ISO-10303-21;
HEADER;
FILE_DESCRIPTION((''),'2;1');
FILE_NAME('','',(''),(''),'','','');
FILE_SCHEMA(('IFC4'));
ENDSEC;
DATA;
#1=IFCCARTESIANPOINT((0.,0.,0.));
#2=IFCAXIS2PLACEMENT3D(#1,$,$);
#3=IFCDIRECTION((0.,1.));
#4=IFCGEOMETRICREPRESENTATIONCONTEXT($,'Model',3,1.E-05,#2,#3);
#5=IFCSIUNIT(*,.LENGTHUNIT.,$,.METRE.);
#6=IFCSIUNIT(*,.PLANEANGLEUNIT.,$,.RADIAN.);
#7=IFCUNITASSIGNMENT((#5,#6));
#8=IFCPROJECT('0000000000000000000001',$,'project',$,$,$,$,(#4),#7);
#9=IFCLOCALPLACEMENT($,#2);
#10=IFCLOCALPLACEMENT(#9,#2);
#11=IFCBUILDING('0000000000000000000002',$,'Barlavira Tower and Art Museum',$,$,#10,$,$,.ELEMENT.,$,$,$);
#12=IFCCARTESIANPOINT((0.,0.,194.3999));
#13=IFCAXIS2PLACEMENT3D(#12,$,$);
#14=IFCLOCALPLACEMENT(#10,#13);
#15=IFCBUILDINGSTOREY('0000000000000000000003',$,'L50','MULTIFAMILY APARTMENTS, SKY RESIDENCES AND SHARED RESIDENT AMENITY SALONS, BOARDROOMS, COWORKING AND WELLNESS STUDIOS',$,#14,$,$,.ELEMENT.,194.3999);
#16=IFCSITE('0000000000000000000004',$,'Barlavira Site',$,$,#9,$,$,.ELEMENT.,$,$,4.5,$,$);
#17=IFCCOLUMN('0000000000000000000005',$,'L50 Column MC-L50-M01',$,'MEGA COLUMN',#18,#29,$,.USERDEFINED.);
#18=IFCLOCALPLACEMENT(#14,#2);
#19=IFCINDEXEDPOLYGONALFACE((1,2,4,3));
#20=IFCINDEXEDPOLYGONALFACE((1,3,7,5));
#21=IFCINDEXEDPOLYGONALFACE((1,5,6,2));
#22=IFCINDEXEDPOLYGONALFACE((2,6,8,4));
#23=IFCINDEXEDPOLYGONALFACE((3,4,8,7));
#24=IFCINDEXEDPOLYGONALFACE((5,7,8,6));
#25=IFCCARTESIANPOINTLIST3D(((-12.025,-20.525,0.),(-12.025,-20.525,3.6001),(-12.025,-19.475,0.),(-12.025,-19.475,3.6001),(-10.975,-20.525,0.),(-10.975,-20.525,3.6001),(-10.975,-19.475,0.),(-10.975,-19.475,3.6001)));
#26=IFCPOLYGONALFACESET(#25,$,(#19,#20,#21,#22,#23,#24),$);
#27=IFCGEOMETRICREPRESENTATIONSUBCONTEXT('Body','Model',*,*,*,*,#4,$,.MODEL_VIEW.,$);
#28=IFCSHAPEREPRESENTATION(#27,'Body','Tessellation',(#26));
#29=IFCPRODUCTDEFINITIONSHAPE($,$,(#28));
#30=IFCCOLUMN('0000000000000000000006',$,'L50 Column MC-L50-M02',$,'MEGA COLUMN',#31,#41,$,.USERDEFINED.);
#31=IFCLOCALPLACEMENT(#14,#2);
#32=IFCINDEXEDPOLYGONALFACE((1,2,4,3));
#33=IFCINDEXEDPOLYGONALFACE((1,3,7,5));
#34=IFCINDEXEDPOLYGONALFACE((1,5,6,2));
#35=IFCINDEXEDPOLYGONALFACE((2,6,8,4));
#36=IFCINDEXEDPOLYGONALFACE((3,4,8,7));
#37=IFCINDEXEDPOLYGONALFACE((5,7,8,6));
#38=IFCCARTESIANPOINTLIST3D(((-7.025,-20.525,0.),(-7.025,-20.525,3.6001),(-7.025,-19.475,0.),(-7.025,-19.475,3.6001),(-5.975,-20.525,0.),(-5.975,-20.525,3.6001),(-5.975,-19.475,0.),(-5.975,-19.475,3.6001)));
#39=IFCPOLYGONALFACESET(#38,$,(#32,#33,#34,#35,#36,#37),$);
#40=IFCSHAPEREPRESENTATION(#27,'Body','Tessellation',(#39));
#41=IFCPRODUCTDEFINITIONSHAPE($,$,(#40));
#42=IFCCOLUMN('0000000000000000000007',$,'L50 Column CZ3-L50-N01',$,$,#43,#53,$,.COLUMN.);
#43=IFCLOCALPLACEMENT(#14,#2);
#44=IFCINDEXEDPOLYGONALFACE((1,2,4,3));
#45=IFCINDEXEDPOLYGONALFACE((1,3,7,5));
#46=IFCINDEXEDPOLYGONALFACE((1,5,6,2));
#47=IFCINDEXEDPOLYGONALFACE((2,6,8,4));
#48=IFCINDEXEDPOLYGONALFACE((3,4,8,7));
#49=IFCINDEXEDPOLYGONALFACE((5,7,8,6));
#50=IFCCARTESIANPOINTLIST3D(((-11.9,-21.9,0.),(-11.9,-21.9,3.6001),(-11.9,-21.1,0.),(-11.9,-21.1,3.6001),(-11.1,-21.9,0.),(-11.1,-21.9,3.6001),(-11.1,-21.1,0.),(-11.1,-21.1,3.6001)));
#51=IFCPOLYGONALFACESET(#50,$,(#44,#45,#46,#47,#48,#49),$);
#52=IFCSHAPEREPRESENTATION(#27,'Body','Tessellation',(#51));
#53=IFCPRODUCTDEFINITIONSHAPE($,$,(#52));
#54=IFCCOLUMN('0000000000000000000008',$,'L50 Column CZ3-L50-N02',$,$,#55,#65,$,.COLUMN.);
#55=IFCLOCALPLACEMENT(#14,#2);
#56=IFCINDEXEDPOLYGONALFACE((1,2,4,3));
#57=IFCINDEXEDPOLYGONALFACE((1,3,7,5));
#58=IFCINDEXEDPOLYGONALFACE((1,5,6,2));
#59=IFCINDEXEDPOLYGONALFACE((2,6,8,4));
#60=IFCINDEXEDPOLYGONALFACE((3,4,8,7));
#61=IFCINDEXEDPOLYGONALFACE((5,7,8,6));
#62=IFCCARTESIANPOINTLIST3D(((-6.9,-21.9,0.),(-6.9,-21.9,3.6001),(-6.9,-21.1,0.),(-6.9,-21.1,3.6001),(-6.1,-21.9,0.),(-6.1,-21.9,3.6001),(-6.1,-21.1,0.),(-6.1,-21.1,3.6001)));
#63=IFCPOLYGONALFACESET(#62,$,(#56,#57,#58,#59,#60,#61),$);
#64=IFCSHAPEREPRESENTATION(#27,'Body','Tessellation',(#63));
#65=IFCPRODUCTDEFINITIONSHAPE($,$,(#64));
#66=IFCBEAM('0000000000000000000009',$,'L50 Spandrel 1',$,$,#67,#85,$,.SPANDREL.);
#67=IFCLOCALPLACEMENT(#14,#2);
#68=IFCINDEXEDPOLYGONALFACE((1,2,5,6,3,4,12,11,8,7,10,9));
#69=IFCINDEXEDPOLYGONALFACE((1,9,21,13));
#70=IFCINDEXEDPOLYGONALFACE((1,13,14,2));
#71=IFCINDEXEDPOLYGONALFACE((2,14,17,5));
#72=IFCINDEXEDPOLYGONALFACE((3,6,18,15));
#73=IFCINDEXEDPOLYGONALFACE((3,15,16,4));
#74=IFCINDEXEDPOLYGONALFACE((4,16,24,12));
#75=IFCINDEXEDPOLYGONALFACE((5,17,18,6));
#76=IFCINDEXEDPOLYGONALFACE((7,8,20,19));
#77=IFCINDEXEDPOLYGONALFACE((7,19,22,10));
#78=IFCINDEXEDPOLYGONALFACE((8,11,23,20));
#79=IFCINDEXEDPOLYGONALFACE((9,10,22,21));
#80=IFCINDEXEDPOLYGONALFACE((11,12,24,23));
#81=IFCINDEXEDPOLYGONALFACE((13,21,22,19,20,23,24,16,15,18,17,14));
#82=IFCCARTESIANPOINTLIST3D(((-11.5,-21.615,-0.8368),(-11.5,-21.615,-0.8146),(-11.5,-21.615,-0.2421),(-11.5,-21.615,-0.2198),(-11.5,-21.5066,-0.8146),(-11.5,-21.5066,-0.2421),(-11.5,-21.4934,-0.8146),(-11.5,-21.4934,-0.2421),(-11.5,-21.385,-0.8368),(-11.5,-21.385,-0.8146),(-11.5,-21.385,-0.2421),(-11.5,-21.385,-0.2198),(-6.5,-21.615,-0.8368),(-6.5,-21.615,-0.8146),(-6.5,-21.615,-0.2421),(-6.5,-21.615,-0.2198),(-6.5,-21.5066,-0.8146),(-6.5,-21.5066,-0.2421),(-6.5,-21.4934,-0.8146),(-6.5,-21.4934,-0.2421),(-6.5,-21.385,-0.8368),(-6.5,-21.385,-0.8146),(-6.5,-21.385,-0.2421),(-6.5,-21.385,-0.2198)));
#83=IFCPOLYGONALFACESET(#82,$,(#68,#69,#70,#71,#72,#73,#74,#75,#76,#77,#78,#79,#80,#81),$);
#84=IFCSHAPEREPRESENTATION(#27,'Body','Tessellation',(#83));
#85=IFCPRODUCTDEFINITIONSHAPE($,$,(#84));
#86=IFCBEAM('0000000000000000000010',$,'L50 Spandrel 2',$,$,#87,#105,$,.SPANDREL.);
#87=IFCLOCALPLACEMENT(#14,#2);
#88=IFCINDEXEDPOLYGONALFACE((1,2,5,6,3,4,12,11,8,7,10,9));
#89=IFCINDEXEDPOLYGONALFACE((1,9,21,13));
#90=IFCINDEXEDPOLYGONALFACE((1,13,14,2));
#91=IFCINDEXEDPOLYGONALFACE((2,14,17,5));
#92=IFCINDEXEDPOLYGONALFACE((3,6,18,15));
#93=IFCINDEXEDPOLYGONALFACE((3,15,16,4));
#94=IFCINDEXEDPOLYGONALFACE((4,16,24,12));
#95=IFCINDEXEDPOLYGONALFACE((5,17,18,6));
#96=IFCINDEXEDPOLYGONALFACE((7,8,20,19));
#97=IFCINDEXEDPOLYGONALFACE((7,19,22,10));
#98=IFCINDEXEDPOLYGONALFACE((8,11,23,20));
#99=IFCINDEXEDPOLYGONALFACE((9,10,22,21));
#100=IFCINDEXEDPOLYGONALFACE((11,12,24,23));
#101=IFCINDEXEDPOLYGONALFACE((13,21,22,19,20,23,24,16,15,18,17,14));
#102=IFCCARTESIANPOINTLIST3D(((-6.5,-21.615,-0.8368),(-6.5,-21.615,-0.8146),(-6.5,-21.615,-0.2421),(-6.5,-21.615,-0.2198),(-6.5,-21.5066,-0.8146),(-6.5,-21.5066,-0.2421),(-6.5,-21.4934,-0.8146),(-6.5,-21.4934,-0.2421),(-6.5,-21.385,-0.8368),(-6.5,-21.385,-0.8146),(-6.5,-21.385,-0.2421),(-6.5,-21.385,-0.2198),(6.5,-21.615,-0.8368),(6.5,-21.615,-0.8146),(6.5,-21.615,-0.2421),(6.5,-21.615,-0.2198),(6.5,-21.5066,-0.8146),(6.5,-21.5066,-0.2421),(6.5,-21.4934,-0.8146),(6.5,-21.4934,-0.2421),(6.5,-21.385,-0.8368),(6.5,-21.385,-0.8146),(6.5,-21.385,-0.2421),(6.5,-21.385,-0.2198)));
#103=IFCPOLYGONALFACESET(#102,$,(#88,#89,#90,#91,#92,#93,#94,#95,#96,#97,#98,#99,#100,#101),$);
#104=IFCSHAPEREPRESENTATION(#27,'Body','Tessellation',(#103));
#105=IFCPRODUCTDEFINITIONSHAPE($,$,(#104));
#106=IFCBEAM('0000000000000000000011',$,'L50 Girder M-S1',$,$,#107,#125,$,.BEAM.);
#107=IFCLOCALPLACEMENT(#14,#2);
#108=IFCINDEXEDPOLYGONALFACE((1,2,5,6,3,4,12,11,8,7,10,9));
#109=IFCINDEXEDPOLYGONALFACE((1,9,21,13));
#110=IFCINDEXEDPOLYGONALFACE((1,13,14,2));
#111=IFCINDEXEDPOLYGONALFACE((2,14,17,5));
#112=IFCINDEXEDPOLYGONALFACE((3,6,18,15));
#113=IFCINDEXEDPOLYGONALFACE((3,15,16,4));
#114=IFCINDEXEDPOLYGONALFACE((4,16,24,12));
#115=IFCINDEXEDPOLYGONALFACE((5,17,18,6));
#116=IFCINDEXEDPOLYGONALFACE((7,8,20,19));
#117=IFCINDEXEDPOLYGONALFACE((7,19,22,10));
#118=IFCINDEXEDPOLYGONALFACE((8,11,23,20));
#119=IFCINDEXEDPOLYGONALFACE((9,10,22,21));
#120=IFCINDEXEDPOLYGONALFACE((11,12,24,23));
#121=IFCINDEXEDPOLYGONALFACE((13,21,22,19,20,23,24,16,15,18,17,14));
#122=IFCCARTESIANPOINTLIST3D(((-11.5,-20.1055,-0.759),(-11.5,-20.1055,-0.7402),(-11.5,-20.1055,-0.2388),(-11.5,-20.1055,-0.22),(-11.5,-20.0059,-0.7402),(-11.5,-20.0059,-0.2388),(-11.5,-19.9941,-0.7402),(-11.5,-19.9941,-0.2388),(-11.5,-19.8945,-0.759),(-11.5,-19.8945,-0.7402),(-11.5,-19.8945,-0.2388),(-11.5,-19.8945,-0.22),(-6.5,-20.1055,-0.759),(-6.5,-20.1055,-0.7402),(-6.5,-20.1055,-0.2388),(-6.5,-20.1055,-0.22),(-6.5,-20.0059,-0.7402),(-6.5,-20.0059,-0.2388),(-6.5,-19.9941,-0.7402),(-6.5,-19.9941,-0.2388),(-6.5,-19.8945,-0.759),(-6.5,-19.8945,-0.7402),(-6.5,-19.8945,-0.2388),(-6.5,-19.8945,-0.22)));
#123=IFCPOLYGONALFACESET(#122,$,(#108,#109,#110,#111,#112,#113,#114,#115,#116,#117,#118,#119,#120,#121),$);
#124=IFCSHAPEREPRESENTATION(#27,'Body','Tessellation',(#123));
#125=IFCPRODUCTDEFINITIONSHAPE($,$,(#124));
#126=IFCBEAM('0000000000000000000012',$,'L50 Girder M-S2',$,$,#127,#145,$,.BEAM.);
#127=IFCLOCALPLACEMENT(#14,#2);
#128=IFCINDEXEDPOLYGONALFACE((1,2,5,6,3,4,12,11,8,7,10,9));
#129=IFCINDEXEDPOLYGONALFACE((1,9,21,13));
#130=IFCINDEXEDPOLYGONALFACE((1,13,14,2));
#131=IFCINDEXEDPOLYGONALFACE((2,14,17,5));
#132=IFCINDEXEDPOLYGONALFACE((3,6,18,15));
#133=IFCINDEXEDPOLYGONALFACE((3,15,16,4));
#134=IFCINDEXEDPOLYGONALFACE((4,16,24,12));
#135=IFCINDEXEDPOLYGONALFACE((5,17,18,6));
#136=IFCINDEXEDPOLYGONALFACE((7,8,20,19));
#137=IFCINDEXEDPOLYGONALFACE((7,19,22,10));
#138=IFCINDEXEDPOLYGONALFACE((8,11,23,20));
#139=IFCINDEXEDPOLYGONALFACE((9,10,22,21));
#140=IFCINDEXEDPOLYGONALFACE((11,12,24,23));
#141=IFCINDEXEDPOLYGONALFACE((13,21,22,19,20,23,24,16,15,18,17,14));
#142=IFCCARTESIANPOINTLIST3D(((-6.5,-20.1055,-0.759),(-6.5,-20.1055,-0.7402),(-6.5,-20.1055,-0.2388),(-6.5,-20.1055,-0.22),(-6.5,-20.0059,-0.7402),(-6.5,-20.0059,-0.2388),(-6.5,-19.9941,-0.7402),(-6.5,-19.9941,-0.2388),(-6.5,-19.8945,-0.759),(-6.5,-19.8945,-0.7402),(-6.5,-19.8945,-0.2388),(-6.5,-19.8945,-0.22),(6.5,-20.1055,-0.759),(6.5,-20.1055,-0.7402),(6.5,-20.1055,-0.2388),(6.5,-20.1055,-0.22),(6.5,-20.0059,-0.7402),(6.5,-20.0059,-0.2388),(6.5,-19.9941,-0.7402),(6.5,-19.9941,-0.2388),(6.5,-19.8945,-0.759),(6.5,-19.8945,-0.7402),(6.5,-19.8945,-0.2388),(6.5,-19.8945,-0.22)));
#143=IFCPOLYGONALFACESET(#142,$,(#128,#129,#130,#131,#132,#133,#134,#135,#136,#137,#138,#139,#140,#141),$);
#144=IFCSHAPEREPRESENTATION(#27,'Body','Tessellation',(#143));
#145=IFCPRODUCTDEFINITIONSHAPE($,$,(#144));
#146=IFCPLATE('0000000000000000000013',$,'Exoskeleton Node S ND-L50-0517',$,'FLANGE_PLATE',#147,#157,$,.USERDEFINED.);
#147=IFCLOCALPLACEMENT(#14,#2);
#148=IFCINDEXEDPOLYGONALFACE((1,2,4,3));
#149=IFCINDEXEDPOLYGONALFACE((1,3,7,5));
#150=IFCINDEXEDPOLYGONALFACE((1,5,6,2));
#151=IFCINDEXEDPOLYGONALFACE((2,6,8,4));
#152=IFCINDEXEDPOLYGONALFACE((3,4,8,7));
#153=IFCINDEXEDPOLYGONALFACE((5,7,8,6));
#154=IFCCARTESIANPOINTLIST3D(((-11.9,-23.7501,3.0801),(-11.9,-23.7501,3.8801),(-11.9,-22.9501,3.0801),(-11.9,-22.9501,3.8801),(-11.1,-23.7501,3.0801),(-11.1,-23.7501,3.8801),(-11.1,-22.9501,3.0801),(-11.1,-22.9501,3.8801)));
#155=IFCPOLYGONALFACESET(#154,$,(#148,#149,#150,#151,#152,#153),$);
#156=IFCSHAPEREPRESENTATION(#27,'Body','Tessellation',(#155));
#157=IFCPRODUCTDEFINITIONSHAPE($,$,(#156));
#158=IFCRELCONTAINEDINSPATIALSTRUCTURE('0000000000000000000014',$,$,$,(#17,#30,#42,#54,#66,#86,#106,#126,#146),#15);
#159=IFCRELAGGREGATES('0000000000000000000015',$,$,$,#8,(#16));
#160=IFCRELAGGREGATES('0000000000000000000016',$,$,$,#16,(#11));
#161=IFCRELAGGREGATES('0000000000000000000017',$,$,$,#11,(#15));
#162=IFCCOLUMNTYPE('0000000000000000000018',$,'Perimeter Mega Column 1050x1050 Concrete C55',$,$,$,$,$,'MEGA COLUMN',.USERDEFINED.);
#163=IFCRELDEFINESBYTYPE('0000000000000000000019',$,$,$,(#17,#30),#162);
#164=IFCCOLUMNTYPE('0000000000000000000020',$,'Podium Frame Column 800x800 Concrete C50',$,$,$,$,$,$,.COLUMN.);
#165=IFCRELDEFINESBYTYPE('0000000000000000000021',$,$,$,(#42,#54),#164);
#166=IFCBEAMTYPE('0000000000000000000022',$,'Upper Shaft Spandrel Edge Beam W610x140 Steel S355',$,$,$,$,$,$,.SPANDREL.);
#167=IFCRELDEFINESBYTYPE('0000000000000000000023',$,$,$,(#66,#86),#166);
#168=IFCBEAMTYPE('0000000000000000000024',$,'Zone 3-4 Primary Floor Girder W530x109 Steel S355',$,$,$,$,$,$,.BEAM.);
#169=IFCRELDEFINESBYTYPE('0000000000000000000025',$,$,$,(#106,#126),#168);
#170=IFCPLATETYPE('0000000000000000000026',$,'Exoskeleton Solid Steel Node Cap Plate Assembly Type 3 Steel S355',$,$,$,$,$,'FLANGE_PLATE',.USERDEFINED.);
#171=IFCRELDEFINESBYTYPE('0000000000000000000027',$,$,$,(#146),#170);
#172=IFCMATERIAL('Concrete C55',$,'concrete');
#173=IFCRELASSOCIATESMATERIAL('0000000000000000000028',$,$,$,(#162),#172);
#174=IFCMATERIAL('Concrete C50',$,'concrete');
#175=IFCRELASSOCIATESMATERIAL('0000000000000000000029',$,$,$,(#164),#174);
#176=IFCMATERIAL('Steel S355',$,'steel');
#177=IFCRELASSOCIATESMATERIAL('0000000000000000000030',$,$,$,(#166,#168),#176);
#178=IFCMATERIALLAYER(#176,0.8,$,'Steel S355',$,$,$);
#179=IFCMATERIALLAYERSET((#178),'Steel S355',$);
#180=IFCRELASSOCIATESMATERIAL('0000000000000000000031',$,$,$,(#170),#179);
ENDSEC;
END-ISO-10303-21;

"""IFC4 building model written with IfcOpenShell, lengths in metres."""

from ifc_helpers import new_model, si_unit, direction, frame, origin, origin_2d, place, context, subcontext, project, spatial, rectangle, i_section, extrude, material, layer, layer_set, material_profile, profile_set, type_object, element, save


model = new_model("IFC4")

# Units and contexts
model_context = context("Model", 3, precision=1e-05, world=origin(), true_north=direction((0.0, 1.0)))
body_context = subcontext(model_context, "Body", "Model", "MODEL_VIEW")
ifc_project = project(units=[si_unit("LENGTHUNIT", "METRE"), si_unit("PLANEANGLEUNIT", "RADIAN")], contexts=[model_context])

# Site, building, storey
site_placement = place(None, origin())
site = spatial("IfcSite", under=ifc_project, at=site_placement, Name="Barlavira Site", CompositionType="ELEMENT", RefElevation=4.5)
building_placement = place(site_placement, origin())
building = spatial("IfcBuilding", under=site, at=building_placement, Name="Barlavira Tower and Art Museum", CompositionType="ELEMENT")
storey_placement = place(building_placement, frame((0.0, 0.0, 194.3999)))
storey = spatial("IfcBuildingStorey", under=building, at=storey_placement, Name="L50", Description="MULTIFAMILY APARTMENTS, SKY RESIDENCES AND SHARED RESIDENT AMENITY SALONS, BOARDROOMS, COWORKING AND WELLNESS STUDIOS", CompositionType="ELEMENT", Elevation=194.3999)

# Columns
ifc_material_1 = material(Name="Concrete C55", Category="concrete")
ifc_material_profile_1 = material_profile(ifc_material_1, rectangle(XDim=1.05, YDim=1.05, at=origin_2d()), Name="RC-COL 1050x1050")
ifc_profile_set_1 = profile_set([ifc_material_profile_1], Name="Concrete C55")
column_type_1 = type_object("IfcColumnType", Name="Perimeter Mega Column 1050x1050 Concrete C55", ElementType="MEGA COLUMN", PredefinedType="USERDEFINED", material=ifc_profile_set_1)
for number, where, z_axis, x_axis, name in (
    (1, (-11.5, -20.0, 0.0), (0.0, 0.0, 1.0), (1.0, 0.0, 0.0), "L50 Column MC-L50-M01"),
    (2, (-6.5, -20.0, 0.0), (0.0, 0.0, 1.0), (1.0, 0.0, 0.0), "L50 Column MC-L50-M02"),
):
    element("IfcColumn", number, at=place(storey_placement, frame(where, z_axis=z_axis, x_axis=x_axis)), inside=storey, type_object=column_type_1, Name=name, ObjectType="MEGA COLUMN", PredefinedType="USERDEFINED", context=body_context, shape_type="SweptSolid", body=[
        extrude(rectangle(XDim=1.05, YDim=1.05, at=origin_2d()), origin(), (0.0, 0.0, 1.0), 3.6001),
    ])
ifc_material_2 = material(Name="Concrete C50", Category="concrete")
ifc_material_profile_2 = material_profile(ifc_material_2, rectangle(XDim=0.8, YDim=0.8, at=origin_2d()), Name="RC-COL 800x800")
ifc_profile_set_2 = profile_set([ifc_material_profile_2], Name="Concrete C50")
column_type_2 = type_object("IfcColumnType", Name="Podium Frame Column 800x800 Concrete C50", PredefinedType="COLUMN", material=ifc_profile_set_2)
for number, where, z_axis, x_axis, name in (
    (3, (-11.5, -21.5, 0.0), (0.0, 0.0, 1.0), (1.0, 0.0, 0.0), "L50 Column CZ3-L50-N01"),
    (4, (-6.5, -21.5, 0.0), (0.0, 0.0, 1.0), (1.0, 0.0, 0.0), "L50 Column CZ3-L50-N02"),
):
    element("IfcColumn", number, at=place(storey_placement, frame(where, z_axis=z_axis, x_axis=x_axis)), inside=storey, type_object=column_type_2, Name=name, PredefinedType="COLUMN", context=body_context, shape_type="SweptSolid", body=[
        extrude(rectangle(XDim=0.8, YDim=0.8, at=origin_2d()), origin(), (0.0, 0.0, 1.0), 3.6001),
    ])

# Beams
ifc_material_3 = material(Name="Steel S355", Category="steel")
ifc_material_profile_3 = material_profile(ifc_material_3, i_section(OverallWidth=0.23, OverallDepth=0.6169, WebThickness=0.0132, FlangeThickness=0.0222, at=origin_2d()), Name="W610x140.0")
ifc_profile_set_3 = profile_set([ifc_material_profile_3], Name="Steel S355")
beam_type_1 = type_object("IfcBeamType", Name="Upper Shaft Spandrel Edge Beam W610x140 Steel S355", PredefinedType="SPANDREL", material=ifc_profile_set_3)
beam_1_placement = place(storey_placement, frame((-11.5, -21.5, -0.5283), z_axis=(1.0, 0.0, 0.0), x_axis=(0.0, 1.0, 0.0)))
element("IfcBeam", 5, at=beam_1_placement, inside=storey, type_object=beam_type_1, Name="L50 Spandrel 1", PredefinedType="SPANDREL", context=body_context, shape_type="SweptSolid", body=[
    extrude(i_section(OverallWidth=0.23, OverallDepth=0.6169, WebThickness=0.0132, FlangeThickness=0.0222, at=origin_2d()), origin(), (0.0, 0.0, 1.0), 5.0),
])
beam_2_placement = place(storey_placement, frame((-6.5, -21.5, -0.5283), z_axis=(1.0, 0.0, 0.0), x_axis=(0.0, 1.0, 0.0)))
element("IfcBeam", 6, at=beam_2_placement, inside=storey, type_object=beam_type_1, Name="L50 Spandrel 2", PredefinedType="SPANDREL", context=body_context, shape_type="SweptSolid", body=[
    extrude(i_section(OverallWidth=0.23, OverallDepth=0.6169, WebThickness=0.0132, FlangeThickness=0.0222, at=origin_2d()), origin(), (0.0, 0.0, 1.0), 13.0),
])
ifc_material_profile_4 = material_profile(ifc_material_3, i_section(OverallWidth=0.2109, OverallDepth=0.5391, WebThickness=0.0117, FlangeThickness=0.0188, at=origin_2d()), Name="W530x109.0")
ifc_profile_set_4 = profile_set([ifc_material_profile_4], Name="Steel S355")
beam_type_2 = type_object("IfcBeamType", Name="Zone 3-4 Primary Floor Girder W530x109 Steel S355", PredefinedType="BEAM", material=ifc_profile_set_4)
beam_3_placement = place(storey_placement, frame((-11.5, -20.0, -0.4895), z_axis=(1.0, 0.0, 0.0), x_axis=(0.0, 1.0, 0.0)))
element("IfcBeam", 7, at=beam_3_placement, inside=storey, type_object=beam_type_2, Name="L50 Girder M-S1", PredefinedType="BEAM", context=body_context, shape_type="SweptSolid", body=[
    extrude(i_section(OverallWidth=0.2109, OverallDepth=0.5391, WebThickness=0.0117, FlangeThickness=0.0188, at=origin_2d()), origin(), (0.0, 0.0, 1.0), 5.0),
])
beam_4_placement = place(storey_placement, frame((-6.5, -20.0, -0.4895), z_axis=(1.0, 0.0, 0.0), x_axis=(0.0, 1.0, 0.0)))
element("IfcBeam", 8, at=beam_4_placement, inside=storey, type_object=beam_type_2, Name="L50 Girder M-S2", PredefinedType="BEAM", context=body_context, shape_type="SweptSolid", body=[
    extrude(i_section(OverallWidth=0.2109, OverallDepth=0.5391, WebThickness=0.0117, FlangeThickness=0.0188, at=origin_2d()), origin(), (0.0, 0.0, 1.0), 13.0),
])

# Plate
ifc_layer_1 = layer(ifc_material_3, 0.8, Name="Steel S355")
ifc_layer_set_1 = layer_set([ifc_layer_1], Name="Steel S355")
plate_type = type_object("IfcPlateType", Name="Exoskeleton Solid Steel Node Cap Plate Assembly Type 3 Steel S355", ElementType="FLANGE_PLATE", PredefinedType="USERDEFINED", material=ifc_layer_set_1)
plate_placement = place(storey_placement, frame((-11.5, -23.3501, 3.0801), z_axis=(0.0, 0.0, 1.0), x_axis=(1.0, 0.0, 0.0)))
element("IfcPlate", 9, at=plate_placement, inside=storey, type_object=plate_type, Name="Exoskeleton Node S ND-L50-0517", ObjectType="FLANGE_PLATE", PredefinedType="USERDEFINED", context=body_context, shape_type="SweptSolid", body=[
    extrude(rectangle(XDim=0.8, YDim=0.8, at=origin_2d()), origin(), (0.0, 0.0, 1.0), 0.8),
])

save(model, "model.ifc")
